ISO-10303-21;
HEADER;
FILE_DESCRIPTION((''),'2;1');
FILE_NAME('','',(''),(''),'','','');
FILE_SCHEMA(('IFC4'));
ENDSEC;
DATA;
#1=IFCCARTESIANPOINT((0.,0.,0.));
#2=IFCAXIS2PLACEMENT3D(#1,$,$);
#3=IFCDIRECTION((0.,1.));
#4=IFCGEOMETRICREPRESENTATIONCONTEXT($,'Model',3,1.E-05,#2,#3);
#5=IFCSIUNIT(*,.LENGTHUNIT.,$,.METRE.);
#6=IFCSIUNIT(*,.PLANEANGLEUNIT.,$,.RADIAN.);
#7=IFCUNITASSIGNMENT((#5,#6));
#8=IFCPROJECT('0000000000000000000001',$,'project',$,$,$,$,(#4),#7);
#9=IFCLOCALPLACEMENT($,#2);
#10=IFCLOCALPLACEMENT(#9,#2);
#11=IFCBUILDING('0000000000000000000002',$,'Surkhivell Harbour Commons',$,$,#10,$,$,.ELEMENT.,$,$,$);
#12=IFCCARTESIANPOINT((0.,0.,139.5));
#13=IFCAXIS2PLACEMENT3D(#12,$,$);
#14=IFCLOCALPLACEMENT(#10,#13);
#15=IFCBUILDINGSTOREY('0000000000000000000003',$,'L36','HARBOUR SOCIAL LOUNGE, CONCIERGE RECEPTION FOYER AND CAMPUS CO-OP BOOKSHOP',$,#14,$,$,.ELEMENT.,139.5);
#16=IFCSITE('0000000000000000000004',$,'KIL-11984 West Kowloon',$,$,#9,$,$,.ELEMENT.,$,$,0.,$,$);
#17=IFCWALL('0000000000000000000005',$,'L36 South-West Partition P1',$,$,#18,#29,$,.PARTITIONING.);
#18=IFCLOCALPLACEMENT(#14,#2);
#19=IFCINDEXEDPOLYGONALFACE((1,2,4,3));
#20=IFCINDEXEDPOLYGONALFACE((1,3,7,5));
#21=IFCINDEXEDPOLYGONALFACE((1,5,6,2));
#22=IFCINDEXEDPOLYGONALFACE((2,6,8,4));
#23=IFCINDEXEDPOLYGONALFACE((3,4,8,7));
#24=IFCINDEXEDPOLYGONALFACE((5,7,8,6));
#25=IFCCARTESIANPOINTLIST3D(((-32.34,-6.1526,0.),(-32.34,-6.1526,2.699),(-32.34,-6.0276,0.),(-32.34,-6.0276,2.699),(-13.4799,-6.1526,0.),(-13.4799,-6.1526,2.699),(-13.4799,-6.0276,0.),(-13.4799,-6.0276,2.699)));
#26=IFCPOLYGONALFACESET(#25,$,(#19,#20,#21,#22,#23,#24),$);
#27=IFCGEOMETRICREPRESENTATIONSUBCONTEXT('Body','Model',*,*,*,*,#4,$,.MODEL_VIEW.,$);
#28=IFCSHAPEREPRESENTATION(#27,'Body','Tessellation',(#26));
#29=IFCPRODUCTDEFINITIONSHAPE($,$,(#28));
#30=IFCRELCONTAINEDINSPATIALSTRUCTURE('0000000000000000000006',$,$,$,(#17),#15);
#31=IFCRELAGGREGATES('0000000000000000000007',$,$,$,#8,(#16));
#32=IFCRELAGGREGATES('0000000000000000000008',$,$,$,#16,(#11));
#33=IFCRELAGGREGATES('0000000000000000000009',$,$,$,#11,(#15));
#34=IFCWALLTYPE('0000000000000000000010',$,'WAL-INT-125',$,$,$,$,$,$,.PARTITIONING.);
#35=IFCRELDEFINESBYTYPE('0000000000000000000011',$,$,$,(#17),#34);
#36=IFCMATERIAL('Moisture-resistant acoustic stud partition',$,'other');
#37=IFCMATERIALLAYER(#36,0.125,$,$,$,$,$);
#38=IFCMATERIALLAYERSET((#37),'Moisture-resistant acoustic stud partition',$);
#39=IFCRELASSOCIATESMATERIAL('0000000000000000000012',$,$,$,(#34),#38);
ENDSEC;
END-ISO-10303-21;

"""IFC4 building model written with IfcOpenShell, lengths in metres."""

from ifc_helpers import new_model, si_unit, direction, frame, frame_2d, origin, place, context, subcontext, project, spatial, rectangle, extrude, material, layer, layer_set, type_object, element, save


model = new_model("IFC4")

# Units and contexts
model_context = context("Model", 3, precision=1e-05, world=origin(), true_north=direction((0.0, 1.0)))
body_context = subcontext(model_context, "Body", "Model", "MODEL_VIEW")
ifc_project = project(units=[si_unit("LENGTHUNIT", "METRE"), si_unit("PLANEANGLEUNIT", "RADIAN")], contexts=[model_context])

# Site, building, storey
site_placement = place(None, origin())
site = spatial("IfcSite", under=ifc_project, at=site_placement, Name="KIL-11984 West Kowloon", CompositionType="ELEMENT", RefElevation=0.0)
building_placement = place(site_placement, origin())
building = spatial("IfcBuilding", under=site, at=building_placement, Name="Surkhivell Harbour Commons", CompositionType="ELEMENT")
storey_placement = place(building_placement, frame((0.0, 0.0, 139.5)))
storey = spatial("IfcBuildingStorey", under=building, at=storey_placement, Name="L36", Description="HARBOUR SOCIAL LOUNGE, CONCIERGE RECEPTION FOYER AND CAMPUS CO-OP BOOKSHOP", CompositionType="ELEMENT", Elevation=139.5)

# Wall
ifc_material_1 = material(Name="Moisture-resistant acoustic stud partition", Category="other")
ifc_layer_1 = layer(ifc_material_1, 0.125)
ifc_layer_set_1 = layer_set([ifc_layer_1], Name="Moisture-resistant acoustic stud partition")
wall_type_1 = type_object("IfcWallType", Name="WAL-INT-125", PredefinedType="PARTITIONING", material=ifc_layer_set_1)
wall_1_placement = place(storey_placement, frame((-32.3401, -6.0901, 0.0), z_axis=(0.0, 0.0, 1.0), x_axis=(1.0, 0.0, 0.0)))
element("IfcWall", 1, at=wall_1_placement, inside=storey, type_object=wall_type_1, Name="L36 South-West Partition P1", PredefinedType="PARTITIONING", context=body_context, shape_type="SweptSolid", body=[
    extrude(rectangle(XDim=18.8601, YDim=0.125, at=frame_2d((9.4302, 0.0))), origin(), (0.0, 0.0, 1.0), 2.699),
])

save(model, "model.ifc")
